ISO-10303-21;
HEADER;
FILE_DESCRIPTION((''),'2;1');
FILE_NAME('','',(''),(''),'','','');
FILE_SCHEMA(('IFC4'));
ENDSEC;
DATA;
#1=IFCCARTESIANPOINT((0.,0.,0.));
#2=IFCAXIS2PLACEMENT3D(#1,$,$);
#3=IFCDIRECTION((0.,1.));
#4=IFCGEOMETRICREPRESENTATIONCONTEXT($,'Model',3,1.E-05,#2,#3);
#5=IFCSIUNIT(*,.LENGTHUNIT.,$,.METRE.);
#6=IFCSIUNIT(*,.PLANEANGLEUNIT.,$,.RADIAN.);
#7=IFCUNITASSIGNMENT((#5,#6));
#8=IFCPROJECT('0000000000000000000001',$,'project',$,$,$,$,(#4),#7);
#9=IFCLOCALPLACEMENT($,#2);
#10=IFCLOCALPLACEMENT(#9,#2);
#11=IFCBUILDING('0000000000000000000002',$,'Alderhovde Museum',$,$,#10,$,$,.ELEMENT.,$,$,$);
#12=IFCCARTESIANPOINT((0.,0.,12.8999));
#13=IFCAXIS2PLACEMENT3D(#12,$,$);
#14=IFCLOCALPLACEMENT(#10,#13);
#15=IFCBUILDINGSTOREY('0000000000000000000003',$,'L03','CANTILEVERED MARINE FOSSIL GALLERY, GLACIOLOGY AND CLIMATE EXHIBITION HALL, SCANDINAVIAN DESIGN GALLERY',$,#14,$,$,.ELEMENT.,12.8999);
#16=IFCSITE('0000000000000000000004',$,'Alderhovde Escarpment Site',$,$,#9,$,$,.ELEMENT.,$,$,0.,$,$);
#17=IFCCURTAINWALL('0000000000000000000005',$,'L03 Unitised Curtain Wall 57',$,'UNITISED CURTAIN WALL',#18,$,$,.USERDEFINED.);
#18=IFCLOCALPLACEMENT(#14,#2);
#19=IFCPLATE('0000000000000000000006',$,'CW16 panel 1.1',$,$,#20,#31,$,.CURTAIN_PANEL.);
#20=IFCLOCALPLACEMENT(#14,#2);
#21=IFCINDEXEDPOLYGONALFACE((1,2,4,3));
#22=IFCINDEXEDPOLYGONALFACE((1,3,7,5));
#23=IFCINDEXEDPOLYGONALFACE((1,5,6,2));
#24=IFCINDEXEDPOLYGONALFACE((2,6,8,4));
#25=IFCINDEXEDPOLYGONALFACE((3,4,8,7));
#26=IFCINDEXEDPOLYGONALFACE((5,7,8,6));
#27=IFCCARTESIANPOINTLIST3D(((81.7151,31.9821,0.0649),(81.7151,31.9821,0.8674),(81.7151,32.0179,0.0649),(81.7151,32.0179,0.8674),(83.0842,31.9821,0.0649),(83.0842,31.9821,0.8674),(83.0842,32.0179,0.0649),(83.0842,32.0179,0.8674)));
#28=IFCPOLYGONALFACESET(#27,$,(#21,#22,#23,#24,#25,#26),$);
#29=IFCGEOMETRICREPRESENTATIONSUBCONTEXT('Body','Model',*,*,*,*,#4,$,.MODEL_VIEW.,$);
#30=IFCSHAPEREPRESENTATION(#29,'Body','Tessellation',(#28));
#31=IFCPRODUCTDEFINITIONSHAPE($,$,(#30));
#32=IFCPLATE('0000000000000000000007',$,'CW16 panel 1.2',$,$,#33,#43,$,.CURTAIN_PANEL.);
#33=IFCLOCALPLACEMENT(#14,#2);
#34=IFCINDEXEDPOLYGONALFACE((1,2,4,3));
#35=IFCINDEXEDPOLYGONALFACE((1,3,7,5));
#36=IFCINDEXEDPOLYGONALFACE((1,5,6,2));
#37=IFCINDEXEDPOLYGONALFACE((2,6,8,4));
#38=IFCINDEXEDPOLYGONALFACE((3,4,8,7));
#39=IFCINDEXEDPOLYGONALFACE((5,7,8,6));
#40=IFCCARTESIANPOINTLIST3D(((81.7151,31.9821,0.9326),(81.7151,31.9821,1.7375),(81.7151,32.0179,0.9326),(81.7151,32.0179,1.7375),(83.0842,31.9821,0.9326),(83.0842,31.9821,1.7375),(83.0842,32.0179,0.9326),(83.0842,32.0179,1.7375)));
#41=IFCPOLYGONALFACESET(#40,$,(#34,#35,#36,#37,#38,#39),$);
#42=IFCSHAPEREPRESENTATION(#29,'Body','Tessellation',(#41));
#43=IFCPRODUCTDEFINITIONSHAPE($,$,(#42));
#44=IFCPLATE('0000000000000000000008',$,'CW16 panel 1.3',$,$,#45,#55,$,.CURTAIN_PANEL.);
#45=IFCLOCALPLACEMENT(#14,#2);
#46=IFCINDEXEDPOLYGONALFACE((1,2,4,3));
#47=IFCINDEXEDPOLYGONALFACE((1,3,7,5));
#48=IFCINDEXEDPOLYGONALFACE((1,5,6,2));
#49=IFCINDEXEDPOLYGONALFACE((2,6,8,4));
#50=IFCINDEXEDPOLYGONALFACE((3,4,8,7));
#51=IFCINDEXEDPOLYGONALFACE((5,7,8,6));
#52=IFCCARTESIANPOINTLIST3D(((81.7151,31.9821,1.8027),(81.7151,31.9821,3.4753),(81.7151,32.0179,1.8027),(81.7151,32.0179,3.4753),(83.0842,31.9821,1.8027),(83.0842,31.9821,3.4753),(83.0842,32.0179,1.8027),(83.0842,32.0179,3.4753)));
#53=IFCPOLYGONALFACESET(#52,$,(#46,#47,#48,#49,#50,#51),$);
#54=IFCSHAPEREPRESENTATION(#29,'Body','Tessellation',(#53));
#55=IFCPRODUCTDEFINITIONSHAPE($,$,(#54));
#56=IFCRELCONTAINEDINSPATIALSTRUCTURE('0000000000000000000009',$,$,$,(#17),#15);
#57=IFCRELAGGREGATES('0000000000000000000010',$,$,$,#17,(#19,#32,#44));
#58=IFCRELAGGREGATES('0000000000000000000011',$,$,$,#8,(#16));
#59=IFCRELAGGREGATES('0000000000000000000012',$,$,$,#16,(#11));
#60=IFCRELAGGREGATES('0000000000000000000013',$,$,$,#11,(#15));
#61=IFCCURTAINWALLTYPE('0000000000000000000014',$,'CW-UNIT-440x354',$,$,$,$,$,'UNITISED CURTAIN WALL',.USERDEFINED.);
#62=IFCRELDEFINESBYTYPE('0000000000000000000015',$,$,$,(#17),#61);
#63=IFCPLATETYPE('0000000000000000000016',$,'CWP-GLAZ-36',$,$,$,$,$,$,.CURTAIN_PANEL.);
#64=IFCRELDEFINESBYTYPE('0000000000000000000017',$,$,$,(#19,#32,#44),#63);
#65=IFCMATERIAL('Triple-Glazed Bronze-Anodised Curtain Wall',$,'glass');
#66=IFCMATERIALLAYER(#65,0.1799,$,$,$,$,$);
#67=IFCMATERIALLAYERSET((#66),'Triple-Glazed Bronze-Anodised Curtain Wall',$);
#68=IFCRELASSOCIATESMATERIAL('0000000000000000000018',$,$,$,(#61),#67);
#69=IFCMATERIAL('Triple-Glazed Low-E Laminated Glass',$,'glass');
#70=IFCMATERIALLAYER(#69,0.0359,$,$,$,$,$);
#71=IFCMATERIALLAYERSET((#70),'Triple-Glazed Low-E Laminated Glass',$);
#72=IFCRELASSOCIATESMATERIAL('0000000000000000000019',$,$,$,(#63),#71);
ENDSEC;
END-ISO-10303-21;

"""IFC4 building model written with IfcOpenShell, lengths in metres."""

from ifc_helpers import new_model, si_unit, direction, frame, origin, origin_2d, place, context, subcontext, project, spatial, rectangle, extrude, material, layer, layer_set, type_object, element, aggregate, save


model = new_model("IFC4")

# Units and contexts
model_context = context("Model", 3, precision=1e-05, world=origin(), true_north=direction((0.0, 1.0)))
body_context = subcontext(model_context, "Body", "Model", "MODEL_VIEW")
ifc_project = project(units=[si_unit("LENGTHUNIT", "METRE"), si_unit("PLANEANGLEUNIT", "RADIAN")], contexts=[model_context])

# Site, building, storey
site_placement = place(None, origin())
site = spatial("IfcSite", under=ifc_project, at=site_placement, Name="Alderhovde Escarpment Site", CompositionType="ELEMENT", RefElevation=0.0)
building_placement = place(site_placement, origin())
building = spatial("IfcBuilding", under=site, at=building_placement, Name="Alderhovde Museum", CompositionType="ELEMENT")
storey_placement = place(building_placement, frame((0.0, 0.0, 12.8999)))
storey = spatial("IfcBuildingStorey", under=building, at=storey_placement, Name="L03", Description="CANTILEVERED MARINE FOSSIL GALLERY, GLACIOLOGY AND CLIMATE EXHIBITION HALL, SCANDINAVIAN DESIGN GALLERY", CompositionType="ELEMENT", Elevation=12.8999)

# Curtain wall
ifc_material_1 = material(Name="Triple-Glazed Bronze-Anodised Curtain Wall", Category="glass")
ifc_layer_1 = layer(ifc_material_1, 0.1799)
ifc_layer_set_1 = layer_set([ifc_layer_1], Name="Triple-Glazed Bronze-Anodised Curtain Wall")
curtain_wall_type_1 = type_object("IfcCurtainWallType", Name="CW-UNIT-440x354", ElementType="UNITISED CURTAIN WALL", PredefinedType="USERDEFINED", material=ifc_layer_set_1)
curtain_wall_1_placement = place(storey_placement, origin())
curtain_wall_1 = element("IfcCurtainWall", 1, at=curtain_wall_1_placement, inside=storey, type_object=curtain_wall_type_1, Name="L03 Unitised Curtain Wall 57", ObjectType="UNITISED CURTAIN WALL", PredefinedType="USERDEFINED")

# Plates
ifc_material_2 = material(Name="Triple-Glazed Low-E Laminated Glass", Category="glass")
ifc_layer_2 = layer(ifc_material_2, 0.0359)
ifc_layer_set_2 = layer_set([ifc_layer_2], Name="Triple-Glazed Low-E Laminated Glass")
plate_type_1 = type_object("IfcPlateType", Name="CWP-GLAZ-36", PredefinedType="CURTAIN_PANEL", material=ifc_layer_set_2)
plate_1_placement = place(storey_placement, frame((82.3997, 32.0, 0.0649), z_axis=(0.0, 0.0, 1.0), x_axis=(1.0, 0.0, 0.0)))
plate_1 = element("IfcPlate", 2, at=plate_1_placement, type_object=plate_type_1, Name="CW16 panel 1.1", PredefinedType="CURTAIN_PANEL", context=body_context, shape_type="SweptSolid", body=[
    extrude(rectangle(XDim=1.3691, YDim=0.0359, at=origin_2d()), origin(), (0.0, 0.0, 1.0), 0.8025),
])
plate_2_placement = place(storey_placement, frame((82.3997, 32.0, 0.9326), z_axis=(0.0, 0.0, 1.0), x_axis=(1.0, 0.0, 0.0)))
plate_2 = element("IfcPlate", 3, at=plate_2_placement, type_object=plate_type_1, Name="CW16 panel 1.2", PredefinedType="CURTAIN_PANEL", context=body_context, shape_type="SweptSolid", body=[
    extrude(rectangle(XDim=1.3691, YDim=0.0359, at=origin_2d()), origin(), (0.0, 0.0, 1.0), 0.8049),
])
plate_3_placement = place(storey_placement, frame((82.3997, 32.0, 1.8027), z_axis=(0.0, 0.0, 1.0), x_axis=(1.0, 0.0, 0.0)))
plate_3 = element("IfcPlate", 4, at=plate_3_placement, type_object=plate_type_1, Name="CW16 panel 1.3", PredefinedType="CURTAIN_PANEL", context=body_context, shape_type="SweptSolid", body=[
    extrude(rectangle(XDim=1.3691, YDim=0.0359, at=origin_2d()), origin(), (0.0, 0.0, 1.0), 1.6726),
])
aggregate(curtain_wall_1, [plate_1, plate_2, plate_3])

save(model, "model.ifc")
